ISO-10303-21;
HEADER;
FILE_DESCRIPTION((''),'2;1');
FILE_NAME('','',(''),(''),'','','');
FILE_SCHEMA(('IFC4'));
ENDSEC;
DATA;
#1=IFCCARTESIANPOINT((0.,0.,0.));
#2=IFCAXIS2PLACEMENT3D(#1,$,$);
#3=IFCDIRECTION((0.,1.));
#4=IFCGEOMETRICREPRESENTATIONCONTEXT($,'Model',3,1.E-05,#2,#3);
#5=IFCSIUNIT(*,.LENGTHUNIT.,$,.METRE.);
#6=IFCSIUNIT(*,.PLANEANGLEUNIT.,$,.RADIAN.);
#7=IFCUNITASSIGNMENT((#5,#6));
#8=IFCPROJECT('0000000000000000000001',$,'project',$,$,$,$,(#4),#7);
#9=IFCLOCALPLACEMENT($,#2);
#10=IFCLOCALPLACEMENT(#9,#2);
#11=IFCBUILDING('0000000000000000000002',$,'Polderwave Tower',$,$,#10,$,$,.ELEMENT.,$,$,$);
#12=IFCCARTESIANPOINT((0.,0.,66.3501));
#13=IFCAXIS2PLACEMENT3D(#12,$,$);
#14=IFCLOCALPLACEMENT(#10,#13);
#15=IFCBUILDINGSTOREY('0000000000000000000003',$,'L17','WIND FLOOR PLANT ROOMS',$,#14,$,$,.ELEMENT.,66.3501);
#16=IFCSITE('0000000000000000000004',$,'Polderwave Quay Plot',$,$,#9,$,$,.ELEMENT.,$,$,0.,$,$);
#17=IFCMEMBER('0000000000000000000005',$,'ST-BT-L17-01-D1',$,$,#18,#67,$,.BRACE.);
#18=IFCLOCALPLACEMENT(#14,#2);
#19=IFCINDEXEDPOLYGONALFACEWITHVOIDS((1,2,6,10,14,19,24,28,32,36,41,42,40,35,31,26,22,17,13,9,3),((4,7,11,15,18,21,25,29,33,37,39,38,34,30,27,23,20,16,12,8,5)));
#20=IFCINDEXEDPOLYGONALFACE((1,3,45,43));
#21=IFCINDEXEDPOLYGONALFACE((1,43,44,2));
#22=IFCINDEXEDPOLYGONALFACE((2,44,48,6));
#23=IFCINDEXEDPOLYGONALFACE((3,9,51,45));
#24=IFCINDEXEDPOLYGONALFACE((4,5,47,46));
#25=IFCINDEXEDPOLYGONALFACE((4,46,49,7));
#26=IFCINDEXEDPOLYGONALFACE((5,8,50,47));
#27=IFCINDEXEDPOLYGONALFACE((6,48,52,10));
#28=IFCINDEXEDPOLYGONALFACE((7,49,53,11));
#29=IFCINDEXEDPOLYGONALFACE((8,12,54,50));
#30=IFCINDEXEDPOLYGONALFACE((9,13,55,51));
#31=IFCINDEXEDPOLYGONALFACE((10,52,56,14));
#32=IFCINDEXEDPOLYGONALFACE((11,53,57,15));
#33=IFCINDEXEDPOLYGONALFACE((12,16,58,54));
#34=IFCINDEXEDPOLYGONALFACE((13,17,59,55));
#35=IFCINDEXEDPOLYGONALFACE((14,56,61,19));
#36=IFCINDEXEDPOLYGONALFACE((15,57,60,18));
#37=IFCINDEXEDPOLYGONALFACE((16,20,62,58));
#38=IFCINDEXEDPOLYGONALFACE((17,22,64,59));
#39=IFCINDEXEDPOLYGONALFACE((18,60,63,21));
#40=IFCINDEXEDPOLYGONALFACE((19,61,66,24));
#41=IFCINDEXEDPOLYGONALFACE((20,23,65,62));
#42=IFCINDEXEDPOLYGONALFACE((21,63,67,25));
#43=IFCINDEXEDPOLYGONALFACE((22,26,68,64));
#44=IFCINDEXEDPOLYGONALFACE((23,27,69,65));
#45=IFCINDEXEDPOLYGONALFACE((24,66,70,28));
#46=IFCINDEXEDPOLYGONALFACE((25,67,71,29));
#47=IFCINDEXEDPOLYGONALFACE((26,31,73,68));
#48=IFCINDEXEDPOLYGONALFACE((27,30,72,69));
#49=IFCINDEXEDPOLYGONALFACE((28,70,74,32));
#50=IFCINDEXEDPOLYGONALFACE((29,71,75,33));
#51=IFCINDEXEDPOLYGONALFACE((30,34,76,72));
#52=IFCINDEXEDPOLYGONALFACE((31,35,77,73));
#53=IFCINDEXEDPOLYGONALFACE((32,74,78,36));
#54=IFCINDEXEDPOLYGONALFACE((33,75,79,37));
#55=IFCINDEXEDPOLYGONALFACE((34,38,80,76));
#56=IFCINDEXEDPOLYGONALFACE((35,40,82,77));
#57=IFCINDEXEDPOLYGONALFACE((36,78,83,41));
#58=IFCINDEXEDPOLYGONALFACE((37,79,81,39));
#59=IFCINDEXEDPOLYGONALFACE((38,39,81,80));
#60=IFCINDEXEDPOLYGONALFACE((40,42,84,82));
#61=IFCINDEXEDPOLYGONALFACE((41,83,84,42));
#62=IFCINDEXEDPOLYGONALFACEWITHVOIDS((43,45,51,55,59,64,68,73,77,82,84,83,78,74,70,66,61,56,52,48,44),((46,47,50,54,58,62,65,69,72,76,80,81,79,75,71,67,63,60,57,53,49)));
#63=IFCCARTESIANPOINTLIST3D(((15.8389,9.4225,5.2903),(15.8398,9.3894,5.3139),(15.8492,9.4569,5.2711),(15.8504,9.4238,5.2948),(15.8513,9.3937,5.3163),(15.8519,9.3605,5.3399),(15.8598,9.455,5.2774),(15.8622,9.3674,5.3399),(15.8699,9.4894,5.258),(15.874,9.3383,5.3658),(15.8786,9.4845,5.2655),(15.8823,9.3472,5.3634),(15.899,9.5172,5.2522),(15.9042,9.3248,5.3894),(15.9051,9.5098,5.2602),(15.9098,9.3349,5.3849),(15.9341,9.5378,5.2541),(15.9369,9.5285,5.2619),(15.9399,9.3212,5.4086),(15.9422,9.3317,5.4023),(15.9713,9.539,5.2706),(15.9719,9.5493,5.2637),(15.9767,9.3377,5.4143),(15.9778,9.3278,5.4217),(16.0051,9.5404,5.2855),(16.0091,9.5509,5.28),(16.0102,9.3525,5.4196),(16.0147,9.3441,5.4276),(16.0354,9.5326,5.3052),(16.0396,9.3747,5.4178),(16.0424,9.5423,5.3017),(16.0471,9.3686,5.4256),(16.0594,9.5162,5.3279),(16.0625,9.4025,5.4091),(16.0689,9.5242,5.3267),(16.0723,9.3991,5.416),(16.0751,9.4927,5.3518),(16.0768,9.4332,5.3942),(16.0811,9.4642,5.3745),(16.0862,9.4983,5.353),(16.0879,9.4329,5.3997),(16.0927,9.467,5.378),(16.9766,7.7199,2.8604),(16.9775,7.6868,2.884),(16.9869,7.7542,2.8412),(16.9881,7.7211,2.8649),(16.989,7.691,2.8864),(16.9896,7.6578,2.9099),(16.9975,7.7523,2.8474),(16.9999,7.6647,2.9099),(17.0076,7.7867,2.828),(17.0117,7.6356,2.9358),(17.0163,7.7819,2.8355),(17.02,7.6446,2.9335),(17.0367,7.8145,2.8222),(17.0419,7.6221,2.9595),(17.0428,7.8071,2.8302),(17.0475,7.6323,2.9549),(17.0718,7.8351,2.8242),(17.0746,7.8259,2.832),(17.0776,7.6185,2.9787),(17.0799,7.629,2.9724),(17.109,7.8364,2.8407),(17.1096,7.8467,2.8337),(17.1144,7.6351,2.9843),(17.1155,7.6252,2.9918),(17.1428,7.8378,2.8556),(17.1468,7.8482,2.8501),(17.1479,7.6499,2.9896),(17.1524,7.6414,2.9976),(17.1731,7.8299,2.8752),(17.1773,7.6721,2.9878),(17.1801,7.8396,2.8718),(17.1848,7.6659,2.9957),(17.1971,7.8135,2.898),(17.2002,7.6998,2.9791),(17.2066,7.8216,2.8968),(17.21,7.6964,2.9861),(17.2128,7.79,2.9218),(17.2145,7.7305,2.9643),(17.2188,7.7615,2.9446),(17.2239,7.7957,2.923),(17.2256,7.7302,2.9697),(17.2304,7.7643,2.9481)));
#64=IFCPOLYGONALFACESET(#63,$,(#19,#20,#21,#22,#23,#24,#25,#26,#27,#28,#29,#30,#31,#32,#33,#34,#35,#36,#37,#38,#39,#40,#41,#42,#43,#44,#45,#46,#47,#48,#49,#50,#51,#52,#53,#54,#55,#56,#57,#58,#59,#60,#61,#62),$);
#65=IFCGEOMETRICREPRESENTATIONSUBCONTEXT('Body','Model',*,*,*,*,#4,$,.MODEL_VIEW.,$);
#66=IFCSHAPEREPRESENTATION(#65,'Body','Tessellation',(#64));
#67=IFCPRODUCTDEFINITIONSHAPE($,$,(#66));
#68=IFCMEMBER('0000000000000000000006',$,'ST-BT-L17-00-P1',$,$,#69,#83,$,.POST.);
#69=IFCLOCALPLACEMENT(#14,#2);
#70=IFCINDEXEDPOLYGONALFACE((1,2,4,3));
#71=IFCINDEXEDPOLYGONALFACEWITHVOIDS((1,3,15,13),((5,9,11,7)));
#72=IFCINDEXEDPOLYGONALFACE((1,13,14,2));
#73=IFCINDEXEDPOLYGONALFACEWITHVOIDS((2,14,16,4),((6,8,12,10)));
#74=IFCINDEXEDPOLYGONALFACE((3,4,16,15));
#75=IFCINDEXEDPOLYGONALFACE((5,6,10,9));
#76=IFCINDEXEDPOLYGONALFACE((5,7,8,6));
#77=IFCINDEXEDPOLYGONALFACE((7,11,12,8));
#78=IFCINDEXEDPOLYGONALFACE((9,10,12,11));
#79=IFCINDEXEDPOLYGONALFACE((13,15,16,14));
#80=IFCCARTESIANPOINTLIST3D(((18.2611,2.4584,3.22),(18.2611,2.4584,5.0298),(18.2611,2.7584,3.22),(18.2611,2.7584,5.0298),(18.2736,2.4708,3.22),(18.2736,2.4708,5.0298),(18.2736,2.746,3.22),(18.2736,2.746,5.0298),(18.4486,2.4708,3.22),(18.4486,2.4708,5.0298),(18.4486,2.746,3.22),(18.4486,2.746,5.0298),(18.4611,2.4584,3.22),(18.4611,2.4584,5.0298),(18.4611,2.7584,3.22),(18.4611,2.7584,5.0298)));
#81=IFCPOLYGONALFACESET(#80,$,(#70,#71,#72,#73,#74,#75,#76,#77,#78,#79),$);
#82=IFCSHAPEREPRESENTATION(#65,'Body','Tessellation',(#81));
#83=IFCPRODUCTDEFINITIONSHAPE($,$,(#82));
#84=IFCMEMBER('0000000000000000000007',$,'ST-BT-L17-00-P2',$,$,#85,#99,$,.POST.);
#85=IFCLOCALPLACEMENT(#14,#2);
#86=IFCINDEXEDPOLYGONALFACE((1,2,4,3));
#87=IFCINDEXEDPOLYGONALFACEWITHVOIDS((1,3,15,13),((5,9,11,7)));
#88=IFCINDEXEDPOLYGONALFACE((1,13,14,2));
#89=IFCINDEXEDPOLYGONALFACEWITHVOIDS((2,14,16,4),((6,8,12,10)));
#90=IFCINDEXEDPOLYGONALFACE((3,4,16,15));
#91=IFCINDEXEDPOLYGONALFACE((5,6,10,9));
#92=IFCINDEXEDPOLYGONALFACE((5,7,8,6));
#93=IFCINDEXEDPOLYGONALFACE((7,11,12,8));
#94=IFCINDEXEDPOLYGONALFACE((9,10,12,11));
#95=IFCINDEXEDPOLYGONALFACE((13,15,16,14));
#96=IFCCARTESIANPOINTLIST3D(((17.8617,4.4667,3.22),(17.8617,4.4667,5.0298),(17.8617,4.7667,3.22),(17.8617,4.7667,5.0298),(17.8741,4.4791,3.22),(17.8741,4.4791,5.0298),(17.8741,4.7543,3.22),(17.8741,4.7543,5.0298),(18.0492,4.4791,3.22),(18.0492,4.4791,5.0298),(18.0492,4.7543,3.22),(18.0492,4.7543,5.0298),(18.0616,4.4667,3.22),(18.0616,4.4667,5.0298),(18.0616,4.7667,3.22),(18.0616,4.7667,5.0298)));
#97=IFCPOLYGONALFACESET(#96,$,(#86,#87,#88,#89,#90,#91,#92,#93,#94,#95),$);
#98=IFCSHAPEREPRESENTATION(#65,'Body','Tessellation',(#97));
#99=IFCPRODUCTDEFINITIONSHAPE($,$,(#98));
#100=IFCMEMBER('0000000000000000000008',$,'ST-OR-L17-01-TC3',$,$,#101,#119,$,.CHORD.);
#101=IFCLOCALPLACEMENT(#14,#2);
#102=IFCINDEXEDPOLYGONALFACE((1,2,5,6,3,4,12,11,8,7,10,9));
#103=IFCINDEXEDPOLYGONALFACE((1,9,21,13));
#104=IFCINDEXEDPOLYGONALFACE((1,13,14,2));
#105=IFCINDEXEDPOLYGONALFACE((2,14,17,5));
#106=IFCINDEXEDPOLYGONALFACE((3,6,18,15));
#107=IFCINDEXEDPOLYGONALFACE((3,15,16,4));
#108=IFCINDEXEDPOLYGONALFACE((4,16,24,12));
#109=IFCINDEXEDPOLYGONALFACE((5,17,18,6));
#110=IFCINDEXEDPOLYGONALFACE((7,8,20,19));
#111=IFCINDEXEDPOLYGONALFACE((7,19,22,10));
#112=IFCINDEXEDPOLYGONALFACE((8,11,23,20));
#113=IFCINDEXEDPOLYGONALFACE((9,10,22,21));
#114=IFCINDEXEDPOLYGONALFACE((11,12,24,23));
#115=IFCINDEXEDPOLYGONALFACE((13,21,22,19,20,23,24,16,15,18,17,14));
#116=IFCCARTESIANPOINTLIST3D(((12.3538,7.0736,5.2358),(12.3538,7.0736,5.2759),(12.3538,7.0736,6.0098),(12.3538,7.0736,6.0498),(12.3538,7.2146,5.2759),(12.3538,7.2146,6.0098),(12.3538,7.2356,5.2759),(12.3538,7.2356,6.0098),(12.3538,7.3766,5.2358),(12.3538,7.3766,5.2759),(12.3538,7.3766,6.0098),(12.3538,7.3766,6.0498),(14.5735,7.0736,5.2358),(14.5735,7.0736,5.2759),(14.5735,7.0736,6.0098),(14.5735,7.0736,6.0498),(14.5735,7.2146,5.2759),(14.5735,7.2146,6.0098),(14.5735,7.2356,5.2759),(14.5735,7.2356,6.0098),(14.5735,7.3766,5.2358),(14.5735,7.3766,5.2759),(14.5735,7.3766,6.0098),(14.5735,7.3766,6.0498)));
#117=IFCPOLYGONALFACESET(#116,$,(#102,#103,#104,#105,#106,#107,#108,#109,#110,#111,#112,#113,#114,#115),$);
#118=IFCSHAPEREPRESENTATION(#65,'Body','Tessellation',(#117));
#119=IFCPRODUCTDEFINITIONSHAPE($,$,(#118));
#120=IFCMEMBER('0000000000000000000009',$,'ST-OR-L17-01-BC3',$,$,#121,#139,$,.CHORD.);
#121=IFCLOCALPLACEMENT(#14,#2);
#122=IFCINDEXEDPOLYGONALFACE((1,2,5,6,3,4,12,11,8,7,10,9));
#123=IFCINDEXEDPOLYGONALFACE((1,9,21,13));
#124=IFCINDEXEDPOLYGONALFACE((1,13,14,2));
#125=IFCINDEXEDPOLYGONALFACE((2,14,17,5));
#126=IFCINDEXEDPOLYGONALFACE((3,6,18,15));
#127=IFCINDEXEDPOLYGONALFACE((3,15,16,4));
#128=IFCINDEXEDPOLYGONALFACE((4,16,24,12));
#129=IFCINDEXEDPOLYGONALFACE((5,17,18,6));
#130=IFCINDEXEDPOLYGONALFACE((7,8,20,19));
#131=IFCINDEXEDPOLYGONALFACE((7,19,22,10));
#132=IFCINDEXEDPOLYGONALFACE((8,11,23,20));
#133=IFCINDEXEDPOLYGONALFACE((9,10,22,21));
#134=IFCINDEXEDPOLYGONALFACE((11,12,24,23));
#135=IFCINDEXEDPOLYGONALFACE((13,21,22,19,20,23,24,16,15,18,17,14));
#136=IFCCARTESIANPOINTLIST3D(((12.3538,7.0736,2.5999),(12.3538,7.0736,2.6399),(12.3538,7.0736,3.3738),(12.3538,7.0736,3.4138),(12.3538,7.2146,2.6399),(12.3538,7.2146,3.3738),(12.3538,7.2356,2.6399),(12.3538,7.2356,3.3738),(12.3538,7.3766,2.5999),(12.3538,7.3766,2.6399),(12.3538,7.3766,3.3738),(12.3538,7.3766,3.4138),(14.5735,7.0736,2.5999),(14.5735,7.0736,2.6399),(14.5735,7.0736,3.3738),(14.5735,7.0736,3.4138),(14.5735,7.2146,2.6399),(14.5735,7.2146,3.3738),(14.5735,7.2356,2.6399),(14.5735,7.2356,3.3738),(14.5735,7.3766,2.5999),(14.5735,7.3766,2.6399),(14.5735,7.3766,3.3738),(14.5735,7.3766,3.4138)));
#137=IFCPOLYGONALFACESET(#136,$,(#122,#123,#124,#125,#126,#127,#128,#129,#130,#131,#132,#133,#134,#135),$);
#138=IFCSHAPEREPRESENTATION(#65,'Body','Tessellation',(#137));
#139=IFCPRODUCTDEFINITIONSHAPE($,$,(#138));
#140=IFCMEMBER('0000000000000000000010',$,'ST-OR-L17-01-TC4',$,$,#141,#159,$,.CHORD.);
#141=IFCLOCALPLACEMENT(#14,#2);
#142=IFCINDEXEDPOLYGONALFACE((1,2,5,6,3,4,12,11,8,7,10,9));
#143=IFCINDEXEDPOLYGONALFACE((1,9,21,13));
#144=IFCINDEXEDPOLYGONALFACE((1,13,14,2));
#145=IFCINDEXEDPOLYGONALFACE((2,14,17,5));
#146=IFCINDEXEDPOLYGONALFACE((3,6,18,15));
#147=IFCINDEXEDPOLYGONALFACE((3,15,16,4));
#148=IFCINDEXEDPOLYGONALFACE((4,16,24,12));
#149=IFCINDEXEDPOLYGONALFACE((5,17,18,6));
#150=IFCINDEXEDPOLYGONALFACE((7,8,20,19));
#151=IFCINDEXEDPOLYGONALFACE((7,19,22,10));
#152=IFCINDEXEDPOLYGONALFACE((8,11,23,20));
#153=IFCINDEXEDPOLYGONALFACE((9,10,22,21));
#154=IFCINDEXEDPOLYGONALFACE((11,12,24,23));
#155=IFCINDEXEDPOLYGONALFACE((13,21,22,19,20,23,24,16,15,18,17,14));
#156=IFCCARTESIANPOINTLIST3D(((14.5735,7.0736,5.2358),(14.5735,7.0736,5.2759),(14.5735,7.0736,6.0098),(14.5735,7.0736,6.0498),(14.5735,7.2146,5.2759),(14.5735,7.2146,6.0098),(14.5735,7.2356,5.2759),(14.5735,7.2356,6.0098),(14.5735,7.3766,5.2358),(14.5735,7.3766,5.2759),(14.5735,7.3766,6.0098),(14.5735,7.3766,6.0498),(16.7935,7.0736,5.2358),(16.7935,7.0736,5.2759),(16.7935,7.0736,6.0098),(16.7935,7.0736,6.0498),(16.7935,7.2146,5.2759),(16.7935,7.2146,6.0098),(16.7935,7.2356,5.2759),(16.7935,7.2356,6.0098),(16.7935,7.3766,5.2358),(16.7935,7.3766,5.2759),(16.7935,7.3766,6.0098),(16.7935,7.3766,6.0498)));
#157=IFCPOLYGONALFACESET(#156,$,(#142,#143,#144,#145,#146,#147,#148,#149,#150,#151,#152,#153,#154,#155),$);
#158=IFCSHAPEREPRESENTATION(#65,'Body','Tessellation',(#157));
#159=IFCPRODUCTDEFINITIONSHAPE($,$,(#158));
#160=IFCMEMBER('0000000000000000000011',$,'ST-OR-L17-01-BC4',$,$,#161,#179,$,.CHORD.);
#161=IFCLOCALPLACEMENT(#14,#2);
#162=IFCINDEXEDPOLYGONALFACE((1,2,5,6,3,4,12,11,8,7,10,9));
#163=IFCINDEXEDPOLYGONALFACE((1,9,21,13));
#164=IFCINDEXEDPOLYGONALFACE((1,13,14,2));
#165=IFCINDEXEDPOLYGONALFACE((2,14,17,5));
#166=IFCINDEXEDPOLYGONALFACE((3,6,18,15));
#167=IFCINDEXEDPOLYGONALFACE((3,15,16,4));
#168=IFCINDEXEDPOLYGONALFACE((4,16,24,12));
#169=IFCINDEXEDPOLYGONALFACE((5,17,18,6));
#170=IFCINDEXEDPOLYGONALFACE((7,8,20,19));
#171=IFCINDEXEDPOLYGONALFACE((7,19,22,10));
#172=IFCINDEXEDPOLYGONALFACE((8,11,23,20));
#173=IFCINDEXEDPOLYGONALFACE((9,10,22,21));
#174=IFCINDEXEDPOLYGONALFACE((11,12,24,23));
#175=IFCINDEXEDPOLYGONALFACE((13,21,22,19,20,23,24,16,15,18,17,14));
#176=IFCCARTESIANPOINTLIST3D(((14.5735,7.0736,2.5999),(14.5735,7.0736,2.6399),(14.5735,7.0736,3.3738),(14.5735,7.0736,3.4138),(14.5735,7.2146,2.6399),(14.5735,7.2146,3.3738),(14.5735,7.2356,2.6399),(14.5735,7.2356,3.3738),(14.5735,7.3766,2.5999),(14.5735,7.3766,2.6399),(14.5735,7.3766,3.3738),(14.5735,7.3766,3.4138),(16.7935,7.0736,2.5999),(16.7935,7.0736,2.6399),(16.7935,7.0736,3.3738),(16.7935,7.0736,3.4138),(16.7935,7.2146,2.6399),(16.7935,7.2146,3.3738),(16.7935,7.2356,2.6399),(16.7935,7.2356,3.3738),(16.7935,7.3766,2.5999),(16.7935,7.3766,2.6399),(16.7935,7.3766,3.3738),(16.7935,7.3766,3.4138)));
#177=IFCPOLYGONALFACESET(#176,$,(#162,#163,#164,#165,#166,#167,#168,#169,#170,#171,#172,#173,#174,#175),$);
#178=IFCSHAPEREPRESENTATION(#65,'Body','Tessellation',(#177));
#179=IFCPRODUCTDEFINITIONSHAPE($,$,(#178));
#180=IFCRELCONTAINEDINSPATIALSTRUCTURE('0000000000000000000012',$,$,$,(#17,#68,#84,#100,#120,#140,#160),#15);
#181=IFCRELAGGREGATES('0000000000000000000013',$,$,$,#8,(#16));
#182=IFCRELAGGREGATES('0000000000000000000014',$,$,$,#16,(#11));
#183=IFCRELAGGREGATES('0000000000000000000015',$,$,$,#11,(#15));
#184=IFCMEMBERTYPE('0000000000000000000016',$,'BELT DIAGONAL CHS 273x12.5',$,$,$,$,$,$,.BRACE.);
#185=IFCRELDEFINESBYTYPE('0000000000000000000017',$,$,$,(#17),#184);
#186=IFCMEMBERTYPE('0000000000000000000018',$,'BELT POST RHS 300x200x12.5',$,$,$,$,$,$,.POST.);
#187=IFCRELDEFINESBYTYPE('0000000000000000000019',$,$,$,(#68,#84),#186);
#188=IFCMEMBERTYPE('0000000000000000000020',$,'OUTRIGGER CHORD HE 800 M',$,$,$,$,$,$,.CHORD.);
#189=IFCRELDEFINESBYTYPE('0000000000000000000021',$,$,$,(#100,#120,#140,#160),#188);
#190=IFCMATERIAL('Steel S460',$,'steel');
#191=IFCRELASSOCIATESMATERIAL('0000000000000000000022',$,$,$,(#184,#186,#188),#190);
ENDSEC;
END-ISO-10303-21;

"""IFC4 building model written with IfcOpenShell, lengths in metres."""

from ifc_helpers import new_model, si_unit, direction, frame, origin, origin_2d, place, context, subcontext, project, spatial, hollow_rectangle, hollow_circle, i_section, extrude, material, material_profile, profile_set, type_object, element, save


model = new_model("IFC4")

# Units and contexts
model_context = context("Model", 3, precision=1e-05, world=origin(), true_north=direction((0.0, 1.0)))
body_context = subcontext(model_context, "Body", "Model", "MODEL_VIEW")
ifc_project = project(units=[si_unit("LENGTHUNIT", "METRE"), si_unit("PLANEANGLEUNIT", "RADIAN")], contexts=[model_context])

# Site, building, storey
site_placement = place(None, origin())
site = spatial("IfcSite", under=ifc_project, at=site_placement, Name="Polderwave Quay Plot", CompositionType="ELEMENT", RefElevation=0.0)
building_placement = place(site_placement, origin())
building = spatial("IfcBuilding", under=site, at=building_placement, Name="Polderwave Tower", CompositionType="ELEMENT")
storey_placement = place(building_placement, frame((0.0, 0.0, 66.3501)))
storey = spatial("IfcBuildingStorey", under=building, at=storey_placement, Name="L17", Description="WIND FLOOR PLANT ROOMS", CompositionType="ELEMENT", Elevation=66.3501)

# Members
ifc_material_1 = material(Name="Steel S460", Category="steel")
ifc_material_profile_1 = material_profile(ifc_material_1, hollow_circle(Radius=0.1365, WallThickness=0.0125, at=origin_2d()), Name="CHS 273x12.5")
ifc_profile_set_1 = profile_set([ifc_material_profile_1], Name="Steel S460")
member_type_1 = type_object("IfcMemberType", Name="BELT DIAGONAL CHS 273x12.5", PredefinedType="BRACE", material=ifc_profile_set_1)
for number, where, z_axis, x_axis, name in (
    (1, (17.103, 7.7336, 2.9099), (-0.358023, 0.535805, 0.764678), (-0.831463, -0.55558, 0.0), "ST-BT-L17-01-D1"),
):
    element("IfcMember", number, at=place(storey_placement, frame(where, z_axis=z_axis, x_axis=x_axis)), inside=storey, type_object=member_type_1, Name=name, PredefinedType="BRACE", context=body_context, shape_type="SweptSolid", body=[
        extrude(hollow_circle(Radius=0.1365, WallThickness=0.0125, at=origin_2d()), origin(), (0.0, 0.0, 1.0), 3.1777),
    ])
ifc_material_profile_2 = material_profile(ifc_material_1, hollow_rectangle(XDim=0.2, YDim=0.3, WallThickness=0.0125, at=origin_2d()), Name="RHS 300x200x12.5")
ifc_profile_set_2 = profile_set([ifc_material_profile_2], Name="Steel S460")
member_type_2 = type_object("IfcMemberType", Name="BELT POST RHS 300x200x12.5", PredefinedType="POST", material=ifc_profile_set_2)
for number, where, z_axis, x_axis, name in (
    (2, (18.3611, 2.6084, 3.22), (0.0, 0.0, 1.0), (1.0, 0.0, 0.0), "ST-BT-L17-00-P1"),
    (3, (17.9617, 4.6167, 3.22), (0.0, 0.0, 1.0), (1.0, 0.0, 0.0), "ST-BT-L17-00-P2"),
):
    element("IfcMember", number, at=place(storey_placement, frame(where, z_axis=z_axis, x_axis=x_axis)), inside=storey, type_object=member_type_2, Name=name, PredefinedType="POST", context=body_context, shape_type="SweptSolid", body=[
        extrude(hollow_rectangle(XDim=0.2, YDim=0.3, WallThickness=0.0125, at=origin_2d()), origin(), (0.0, 0.0, 1.0), 1.8098),
    ])
ifc_material_profile_3 = material_profile(ifc_material_1, i_section(OverallWidth=0.303, OverallDepth=0.814, WebThickness=0.021, FlangeThickness=0.04, at=origin_2d()), Name="HE 800 M")
ifc_profile_set_3 = profile_set([ifc_material_profile_3], Name="Steel S460")
member_type_3 = type_object("IfcMemberType", Name="OUTRIGGER CHORD HE 800 M", PredefinedType="CHORD", material=ifc_profile_set_3)
for number, where, z_axis, x_axis, name in (
    (4, (12.3538, 7.2251, 5.6428), (1.0, 0.0, 0.0), (0.0, 1.0, 0.0), "ST-OR-L17-01-TC3"),
    (5, (12.3538, 7.2251, 3.0068), (1.0, 0.0, 0.0), (0.0, 1.0, 0.0), "ST-OR-L17-01-BC3"),
):
    element("IfcMember", number, at=place(storey_placement, frame(where, z_axis=z_axis, x_axis=x_axis)), inside=storey, type_object=member_type_3, Name=name, PredefinedType="CHORD", context=body_context, shape_type="SweptSolid", body=[
        extrude(i_section(OverallWidth=0.303, OverallDepth=0.814, WebThickness=0.021, FlangeThickness=0.04, at=origin_2d()), origin(), (0.0, 0.0, 1.0), 2.2197),
    ])
for number, where, z_axis, x_axis, name in (
    (6, (14.5735, 7.2251, 5.6428), (1.0, 0.0, 0.0), (0.0, 1.0, 0.0), "ST-OR-L17-01-TC4"),
    (7, (14.5735, 7.2251, 3.0068), (1.0, 0.0, 0.0), (0.0, 1.0, 0.0), "ST-OR-L17-01-BC4"),
):
    element("IfcMember", number, at=place(storey_placement, frame(where, z_axis=z_axis, x_axis=x_axis)), inside=storey, type_object=member_type_3, Name=name, PredefinedType="CHORD", context=body_context, shape_type="SweptSolid", body=[
        extrude(i_section(OverallWidth=0.303, OverallDepth=0.814, WebThickness=0.021, FlangeThickness=0.04, at=origin_2d()), origin(), (0.0, 0.0, 1.0), 2.22),
    ])

save(model, "model.ifc")
